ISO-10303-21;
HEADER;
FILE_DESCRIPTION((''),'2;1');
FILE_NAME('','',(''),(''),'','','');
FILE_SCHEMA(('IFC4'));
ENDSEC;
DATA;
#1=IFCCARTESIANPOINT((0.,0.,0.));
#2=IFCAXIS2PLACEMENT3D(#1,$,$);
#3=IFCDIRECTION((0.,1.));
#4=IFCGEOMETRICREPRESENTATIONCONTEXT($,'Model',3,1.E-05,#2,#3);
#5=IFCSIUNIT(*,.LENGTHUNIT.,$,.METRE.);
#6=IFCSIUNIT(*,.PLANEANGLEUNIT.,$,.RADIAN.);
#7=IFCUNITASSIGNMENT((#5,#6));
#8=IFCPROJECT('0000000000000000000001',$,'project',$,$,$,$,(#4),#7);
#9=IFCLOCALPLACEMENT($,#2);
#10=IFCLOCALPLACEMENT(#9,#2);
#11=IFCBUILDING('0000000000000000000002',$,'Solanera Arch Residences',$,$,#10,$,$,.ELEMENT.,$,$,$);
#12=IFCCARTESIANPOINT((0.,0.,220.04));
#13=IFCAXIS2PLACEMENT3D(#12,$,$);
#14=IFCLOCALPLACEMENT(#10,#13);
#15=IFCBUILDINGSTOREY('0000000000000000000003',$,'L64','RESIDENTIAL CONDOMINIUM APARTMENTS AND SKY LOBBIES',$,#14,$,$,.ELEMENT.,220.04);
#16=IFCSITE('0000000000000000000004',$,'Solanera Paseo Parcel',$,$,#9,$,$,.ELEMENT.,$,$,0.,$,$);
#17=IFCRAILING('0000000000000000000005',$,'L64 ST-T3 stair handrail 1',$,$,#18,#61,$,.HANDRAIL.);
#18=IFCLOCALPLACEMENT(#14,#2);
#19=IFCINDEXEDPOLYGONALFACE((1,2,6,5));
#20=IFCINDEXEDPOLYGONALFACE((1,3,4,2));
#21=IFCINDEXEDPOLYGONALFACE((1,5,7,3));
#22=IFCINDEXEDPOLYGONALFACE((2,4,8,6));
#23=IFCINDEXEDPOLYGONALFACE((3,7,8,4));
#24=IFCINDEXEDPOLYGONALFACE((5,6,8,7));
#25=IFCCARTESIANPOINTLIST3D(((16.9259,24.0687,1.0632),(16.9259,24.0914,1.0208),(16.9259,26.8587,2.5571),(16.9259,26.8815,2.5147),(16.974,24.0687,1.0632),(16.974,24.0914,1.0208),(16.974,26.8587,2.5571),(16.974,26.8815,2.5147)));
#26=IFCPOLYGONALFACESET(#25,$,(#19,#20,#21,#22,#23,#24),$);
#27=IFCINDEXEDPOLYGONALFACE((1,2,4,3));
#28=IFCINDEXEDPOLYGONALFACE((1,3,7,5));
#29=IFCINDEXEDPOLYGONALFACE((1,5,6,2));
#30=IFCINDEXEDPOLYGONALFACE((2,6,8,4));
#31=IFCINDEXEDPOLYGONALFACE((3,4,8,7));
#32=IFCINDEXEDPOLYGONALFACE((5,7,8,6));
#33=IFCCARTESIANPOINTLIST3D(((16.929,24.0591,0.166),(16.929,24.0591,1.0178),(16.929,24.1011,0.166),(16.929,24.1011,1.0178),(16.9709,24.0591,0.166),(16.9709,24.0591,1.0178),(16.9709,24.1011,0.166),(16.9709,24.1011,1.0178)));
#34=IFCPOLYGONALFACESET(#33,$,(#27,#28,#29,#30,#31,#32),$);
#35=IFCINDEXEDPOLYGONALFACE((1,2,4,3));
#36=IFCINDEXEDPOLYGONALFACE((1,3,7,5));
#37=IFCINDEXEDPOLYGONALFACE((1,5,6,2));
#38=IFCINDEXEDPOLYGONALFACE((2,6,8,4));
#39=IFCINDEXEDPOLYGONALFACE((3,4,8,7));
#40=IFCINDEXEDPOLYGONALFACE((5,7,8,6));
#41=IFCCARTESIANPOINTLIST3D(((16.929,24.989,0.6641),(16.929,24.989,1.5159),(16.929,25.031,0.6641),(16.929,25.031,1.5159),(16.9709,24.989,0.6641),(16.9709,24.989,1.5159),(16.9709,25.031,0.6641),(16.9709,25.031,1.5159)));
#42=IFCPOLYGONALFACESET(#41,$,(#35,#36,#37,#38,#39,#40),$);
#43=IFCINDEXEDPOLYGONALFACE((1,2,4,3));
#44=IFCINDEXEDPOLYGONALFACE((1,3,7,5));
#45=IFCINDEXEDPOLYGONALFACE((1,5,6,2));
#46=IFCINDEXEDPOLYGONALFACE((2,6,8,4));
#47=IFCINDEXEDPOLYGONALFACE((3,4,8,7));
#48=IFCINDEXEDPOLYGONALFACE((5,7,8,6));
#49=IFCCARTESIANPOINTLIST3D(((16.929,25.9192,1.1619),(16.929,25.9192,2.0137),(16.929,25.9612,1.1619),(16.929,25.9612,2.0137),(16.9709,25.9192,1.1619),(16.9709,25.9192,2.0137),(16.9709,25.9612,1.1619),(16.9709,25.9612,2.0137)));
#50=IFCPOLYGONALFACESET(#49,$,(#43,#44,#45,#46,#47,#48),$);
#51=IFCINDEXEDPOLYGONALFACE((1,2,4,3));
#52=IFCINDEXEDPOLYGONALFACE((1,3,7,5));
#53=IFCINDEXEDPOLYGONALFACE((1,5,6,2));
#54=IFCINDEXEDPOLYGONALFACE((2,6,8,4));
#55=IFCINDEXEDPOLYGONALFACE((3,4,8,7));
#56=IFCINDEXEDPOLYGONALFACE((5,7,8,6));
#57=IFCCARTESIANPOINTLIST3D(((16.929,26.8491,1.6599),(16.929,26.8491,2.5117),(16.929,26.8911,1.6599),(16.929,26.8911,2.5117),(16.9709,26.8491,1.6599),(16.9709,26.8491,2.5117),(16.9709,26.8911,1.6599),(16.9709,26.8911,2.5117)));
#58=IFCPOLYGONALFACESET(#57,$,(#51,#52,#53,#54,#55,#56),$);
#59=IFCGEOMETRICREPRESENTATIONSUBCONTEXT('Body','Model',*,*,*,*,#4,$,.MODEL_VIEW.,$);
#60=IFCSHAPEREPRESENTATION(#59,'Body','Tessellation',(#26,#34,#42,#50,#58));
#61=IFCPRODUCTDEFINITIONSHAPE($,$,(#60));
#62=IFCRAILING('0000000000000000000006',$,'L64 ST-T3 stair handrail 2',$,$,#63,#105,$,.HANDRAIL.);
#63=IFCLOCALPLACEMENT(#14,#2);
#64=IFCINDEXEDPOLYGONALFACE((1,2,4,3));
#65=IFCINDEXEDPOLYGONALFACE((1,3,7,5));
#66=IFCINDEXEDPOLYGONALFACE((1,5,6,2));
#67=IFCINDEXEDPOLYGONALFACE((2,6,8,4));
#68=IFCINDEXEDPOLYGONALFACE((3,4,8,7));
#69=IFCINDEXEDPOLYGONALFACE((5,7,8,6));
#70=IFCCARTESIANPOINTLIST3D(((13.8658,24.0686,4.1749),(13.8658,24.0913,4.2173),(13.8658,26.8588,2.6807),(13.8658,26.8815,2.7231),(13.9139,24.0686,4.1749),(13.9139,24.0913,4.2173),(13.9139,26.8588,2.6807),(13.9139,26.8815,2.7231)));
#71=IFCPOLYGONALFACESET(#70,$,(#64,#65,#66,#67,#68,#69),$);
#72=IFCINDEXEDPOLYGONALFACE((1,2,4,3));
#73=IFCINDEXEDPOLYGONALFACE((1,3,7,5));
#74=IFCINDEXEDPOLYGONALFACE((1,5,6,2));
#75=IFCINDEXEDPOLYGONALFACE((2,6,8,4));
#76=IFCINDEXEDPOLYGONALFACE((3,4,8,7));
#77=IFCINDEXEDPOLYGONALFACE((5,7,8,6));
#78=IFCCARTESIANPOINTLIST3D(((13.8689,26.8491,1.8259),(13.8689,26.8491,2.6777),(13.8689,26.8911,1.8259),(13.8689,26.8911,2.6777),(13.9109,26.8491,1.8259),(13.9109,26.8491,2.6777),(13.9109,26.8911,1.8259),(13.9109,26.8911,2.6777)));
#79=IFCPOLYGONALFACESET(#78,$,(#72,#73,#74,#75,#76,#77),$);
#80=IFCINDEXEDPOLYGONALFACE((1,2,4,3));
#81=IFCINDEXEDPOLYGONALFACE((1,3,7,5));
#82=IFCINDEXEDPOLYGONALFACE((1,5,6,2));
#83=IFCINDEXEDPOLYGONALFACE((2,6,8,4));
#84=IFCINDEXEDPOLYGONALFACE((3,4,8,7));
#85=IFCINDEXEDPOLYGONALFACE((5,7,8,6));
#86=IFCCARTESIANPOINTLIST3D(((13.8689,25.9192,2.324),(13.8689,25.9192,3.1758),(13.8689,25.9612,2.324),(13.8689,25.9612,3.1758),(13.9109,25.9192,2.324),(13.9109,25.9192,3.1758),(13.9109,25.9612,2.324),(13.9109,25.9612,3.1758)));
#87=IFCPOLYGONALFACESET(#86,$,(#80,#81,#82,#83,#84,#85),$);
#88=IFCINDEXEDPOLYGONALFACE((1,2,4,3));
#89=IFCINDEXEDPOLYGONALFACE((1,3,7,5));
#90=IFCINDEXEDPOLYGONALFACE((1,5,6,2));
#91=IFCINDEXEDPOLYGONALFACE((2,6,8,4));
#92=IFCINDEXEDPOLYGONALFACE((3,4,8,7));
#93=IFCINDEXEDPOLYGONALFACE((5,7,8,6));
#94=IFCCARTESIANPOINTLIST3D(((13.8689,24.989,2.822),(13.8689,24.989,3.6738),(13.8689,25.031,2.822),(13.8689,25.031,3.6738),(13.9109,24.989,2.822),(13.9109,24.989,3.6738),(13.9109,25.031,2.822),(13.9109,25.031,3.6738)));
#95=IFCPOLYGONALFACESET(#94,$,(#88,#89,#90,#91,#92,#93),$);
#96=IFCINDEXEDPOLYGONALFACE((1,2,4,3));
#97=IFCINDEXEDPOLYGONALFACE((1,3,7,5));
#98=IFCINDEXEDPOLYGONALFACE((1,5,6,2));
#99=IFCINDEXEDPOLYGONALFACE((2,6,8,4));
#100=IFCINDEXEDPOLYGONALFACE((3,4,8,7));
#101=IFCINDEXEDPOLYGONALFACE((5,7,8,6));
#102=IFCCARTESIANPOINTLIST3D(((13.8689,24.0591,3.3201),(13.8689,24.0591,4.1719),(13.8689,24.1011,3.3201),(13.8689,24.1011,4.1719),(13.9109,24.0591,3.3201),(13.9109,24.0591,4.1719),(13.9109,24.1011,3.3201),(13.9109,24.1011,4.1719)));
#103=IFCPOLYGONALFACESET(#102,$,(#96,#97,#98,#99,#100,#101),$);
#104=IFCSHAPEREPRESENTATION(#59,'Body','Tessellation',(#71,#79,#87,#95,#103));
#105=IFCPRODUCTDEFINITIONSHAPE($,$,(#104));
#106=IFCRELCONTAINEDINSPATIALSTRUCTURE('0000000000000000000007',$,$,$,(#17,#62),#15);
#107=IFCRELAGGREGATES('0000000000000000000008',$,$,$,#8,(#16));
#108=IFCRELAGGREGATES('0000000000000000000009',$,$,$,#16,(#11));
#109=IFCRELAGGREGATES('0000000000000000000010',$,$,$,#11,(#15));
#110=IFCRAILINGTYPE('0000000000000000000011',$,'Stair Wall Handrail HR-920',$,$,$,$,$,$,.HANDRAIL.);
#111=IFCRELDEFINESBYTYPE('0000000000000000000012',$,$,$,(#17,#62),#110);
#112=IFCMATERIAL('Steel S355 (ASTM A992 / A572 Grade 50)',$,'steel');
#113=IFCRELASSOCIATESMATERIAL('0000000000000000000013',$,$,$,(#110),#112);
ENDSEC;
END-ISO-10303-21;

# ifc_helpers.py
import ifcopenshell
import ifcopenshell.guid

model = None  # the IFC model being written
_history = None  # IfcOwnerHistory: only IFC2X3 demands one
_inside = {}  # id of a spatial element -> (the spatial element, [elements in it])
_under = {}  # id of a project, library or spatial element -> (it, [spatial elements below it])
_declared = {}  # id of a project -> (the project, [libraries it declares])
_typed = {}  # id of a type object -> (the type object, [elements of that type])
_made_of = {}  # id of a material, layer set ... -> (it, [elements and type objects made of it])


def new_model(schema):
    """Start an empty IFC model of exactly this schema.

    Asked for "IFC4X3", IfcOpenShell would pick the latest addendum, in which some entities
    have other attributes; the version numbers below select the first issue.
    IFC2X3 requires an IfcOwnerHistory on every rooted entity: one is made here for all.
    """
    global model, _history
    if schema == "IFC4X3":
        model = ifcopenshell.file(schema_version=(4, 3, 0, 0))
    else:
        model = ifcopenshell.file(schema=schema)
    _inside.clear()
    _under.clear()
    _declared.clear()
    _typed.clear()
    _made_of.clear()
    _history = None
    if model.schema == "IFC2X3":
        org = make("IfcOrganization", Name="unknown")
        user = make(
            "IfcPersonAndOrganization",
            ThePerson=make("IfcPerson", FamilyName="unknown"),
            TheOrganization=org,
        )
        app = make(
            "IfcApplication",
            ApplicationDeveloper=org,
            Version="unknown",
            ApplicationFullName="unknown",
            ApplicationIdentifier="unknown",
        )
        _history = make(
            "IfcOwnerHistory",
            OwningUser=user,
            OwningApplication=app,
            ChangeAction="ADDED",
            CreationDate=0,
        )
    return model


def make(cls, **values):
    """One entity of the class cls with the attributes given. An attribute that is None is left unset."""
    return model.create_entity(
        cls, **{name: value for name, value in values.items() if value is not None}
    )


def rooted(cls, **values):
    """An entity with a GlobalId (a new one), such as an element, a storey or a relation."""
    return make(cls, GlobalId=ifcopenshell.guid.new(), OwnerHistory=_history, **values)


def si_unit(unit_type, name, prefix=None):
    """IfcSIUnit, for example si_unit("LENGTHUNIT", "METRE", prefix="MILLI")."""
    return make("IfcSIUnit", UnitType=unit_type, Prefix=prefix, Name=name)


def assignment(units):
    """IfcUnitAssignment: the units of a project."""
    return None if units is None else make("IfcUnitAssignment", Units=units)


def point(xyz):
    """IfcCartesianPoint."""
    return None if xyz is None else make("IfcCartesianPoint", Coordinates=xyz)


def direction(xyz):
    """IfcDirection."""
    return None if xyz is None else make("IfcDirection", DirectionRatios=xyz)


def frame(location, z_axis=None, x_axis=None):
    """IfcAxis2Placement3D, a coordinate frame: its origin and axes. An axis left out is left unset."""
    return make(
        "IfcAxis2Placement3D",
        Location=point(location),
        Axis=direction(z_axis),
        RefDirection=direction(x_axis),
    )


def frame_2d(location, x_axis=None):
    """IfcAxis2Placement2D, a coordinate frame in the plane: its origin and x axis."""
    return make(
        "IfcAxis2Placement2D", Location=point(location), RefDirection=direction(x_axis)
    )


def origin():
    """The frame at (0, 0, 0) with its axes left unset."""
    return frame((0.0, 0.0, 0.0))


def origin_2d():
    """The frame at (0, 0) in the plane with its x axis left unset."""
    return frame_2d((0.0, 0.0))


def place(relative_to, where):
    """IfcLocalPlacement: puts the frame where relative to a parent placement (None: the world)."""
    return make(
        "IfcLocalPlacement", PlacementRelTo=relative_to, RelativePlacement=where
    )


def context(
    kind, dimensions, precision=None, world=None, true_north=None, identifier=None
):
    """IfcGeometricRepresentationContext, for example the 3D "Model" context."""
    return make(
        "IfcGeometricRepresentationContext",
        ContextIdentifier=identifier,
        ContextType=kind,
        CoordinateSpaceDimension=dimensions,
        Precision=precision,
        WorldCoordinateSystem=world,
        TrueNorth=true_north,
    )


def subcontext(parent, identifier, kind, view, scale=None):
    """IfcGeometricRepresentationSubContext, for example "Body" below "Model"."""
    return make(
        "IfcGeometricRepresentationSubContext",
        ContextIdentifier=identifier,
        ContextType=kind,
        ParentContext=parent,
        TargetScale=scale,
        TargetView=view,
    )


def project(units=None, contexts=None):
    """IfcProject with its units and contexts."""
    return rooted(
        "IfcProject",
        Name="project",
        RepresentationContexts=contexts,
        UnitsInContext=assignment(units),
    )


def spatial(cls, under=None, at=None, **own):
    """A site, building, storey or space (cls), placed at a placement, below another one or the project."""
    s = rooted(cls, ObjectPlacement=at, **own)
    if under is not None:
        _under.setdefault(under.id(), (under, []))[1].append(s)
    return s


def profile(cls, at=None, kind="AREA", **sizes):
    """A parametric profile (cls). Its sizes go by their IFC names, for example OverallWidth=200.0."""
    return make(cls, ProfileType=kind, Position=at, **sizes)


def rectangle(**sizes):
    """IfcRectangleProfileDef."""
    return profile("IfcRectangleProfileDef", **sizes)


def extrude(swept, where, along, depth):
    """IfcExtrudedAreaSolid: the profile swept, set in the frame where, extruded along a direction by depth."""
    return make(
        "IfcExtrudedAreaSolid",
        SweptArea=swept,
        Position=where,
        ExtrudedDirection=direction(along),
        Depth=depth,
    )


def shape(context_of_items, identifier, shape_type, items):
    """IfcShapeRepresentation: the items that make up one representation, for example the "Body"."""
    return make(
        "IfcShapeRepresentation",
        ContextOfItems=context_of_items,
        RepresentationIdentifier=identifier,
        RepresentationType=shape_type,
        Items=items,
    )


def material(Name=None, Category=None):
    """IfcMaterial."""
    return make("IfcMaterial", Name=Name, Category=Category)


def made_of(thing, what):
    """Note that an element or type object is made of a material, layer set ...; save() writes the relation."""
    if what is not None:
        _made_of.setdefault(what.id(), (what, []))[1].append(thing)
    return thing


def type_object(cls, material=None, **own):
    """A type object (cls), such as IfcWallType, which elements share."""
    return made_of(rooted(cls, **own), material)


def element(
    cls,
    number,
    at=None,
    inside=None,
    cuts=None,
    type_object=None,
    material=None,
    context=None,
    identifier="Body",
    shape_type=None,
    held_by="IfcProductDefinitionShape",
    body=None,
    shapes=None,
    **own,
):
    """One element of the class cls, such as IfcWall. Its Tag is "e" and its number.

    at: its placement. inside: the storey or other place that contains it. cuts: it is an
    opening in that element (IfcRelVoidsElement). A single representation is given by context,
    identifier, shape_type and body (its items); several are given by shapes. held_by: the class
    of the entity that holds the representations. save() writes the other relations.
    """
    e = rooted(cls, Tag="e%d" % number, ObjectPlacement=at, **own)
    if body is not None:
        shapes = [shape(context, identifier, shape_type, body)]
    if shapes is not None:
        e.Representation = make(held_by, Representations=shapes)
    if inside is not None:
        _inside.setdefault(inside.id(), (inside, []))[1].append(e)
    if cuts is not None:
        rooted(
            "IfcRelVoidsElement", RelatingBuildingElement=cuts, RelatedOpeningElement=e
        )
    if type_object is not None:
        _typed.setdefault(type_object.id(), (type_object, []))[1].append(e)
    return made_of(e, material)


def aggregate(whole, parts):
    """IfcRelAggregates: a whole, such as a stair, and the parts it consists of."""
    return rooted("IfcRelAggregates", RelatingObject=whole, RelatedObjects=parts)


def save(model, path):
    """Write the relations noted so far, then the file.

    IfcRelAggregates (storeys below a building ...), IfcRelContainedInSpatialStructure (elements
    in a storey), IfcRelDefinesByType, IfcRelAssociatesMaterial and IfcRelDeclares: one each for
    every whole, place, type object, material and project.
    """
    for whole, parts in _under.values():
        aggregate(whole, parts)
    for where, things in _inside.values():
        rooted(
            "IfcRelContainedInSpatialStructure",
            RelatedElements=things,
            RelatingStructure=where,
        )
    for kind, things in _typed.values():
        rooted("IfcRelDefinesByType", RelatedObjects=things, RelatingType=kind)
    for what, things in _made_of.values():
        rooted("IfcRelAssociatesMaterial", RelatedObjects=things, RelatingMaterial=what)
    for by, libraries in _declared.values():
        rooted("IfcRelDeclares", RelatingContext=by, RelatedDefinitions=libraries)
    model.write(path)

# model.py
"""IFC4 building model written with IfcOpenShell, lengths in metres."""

from ifc_helpers import new_model, si_unit, direction, frame, origin, origin_2d, place, context, subcontext, project, spatial, rectangle, extrude, material, type_object, element, save


model = new_model("IFC4")

# Units and contexts
model_context = context("Model", 3, precision=1e-05, world=origin(), true_north=direction((0.0, 1.0)))
body_context = subcontext(model_context, "Body", "Model", "MODEL_VIEW")
ifc_project = project(units=[si_unit("LENGTHUNIT", "METRE"), si_unit("PLANEANGLEUNIT", "RADIAN")], contexts=[model_context])

# Site, building, storey
site_placement = place(None, origin())
site = spatial("IfcSite", under=ifc_project, at=site_placement, Name="Solanera Paseo Parcel", CompositionType="ELEMENT", RefElevation=0.0)
building_placement = place(site_placement, origin())
building = spatial("IfcBuilding", under=site, at=building_placement, Name="Solanera Arch Residences", CompositionType="ELEMENT")
storey_placement = place(building_placement, frame((0.0, 0.0, 220.04)))
storey = spatial("IfcBuildingStorey", under=building, at=storey_placement, Name="L64", Description="RESIDENTIAL CONDOMINIUM APARTMENTS AND SKY LOBBIES", CompositionType="ELEMENT", Elevation=220.04)

# Railings
ifc_material_1 = material(Name="Steel S355 (ASTM A992 / A572 Grade 50)", Category="steel")
railing_type_1 = type_object("IfcRailingType", Name="Stair Wall Handrail HR-920", PredefinedType="HANDRAIL", material=ifc_material_1)
railing_1_placement = place(storey_placement, frame((16.95, 24.0801, 0.166)))
element("IfcRailing", 1, at=railing_1_placement, inside=storey, type_object=railing_type_1, Name="L64 ST-T3 stair handrail 1", PredefinedType="HANDRAIL", context=body_context, shape_type="SweptSolid", body=[
    extrude(rectangle(XDim=0.0481, YDim=0.0481, at=origin_2d()), frame((0.0, 0.0, 0.876), z_axis=(0.0, 0.881581, 0.472033), x_axis=(-1.0, 0.0, 0.0)), (0.0, 0.0, 1.0), 3.1648),
    extrude(rectangle(XDim=0.042, YDim=0.042, at=origin_2d()), origin(), (0.0, 0.0, 1.0), 0.8518),
    extrude(rectangle(XDim=0.042, YDim=0.042, at=origin_2d()), frame((0.0, 0.9299, 0.498)), (0.0, 0.0, 1.0), 0.8518),
    extrude(rectangle(XDim=0.042, YDim=0.042, at=origin_2d()), frame((0.0, 1.8601, 0.9958)), (0.0, 0.0, 1.0), 0.8518),
    extrude(rectangle(XDim=0.042, YDim=0.042, at=origin_2d()), frame((0.0, 2.79, 1.4939)), (0.0, 0.0, 1.0), 0.8518),
])
railing_2_placement = place(storey_placement, frame((13.8899, 26.8701, 1.8259)))
element("IfcRailing", 2, at=railing_2_placement, inside=storey, type_object=railing_type_1, Name="L64 ST-T3 stair handrail 2", PredefinedType="HANDRAIL", context=body_context, shape_type="SweptSolid", body=[
    extrude(rectangle(XDim=0.0481, YDim=0.0481, at=origin_2d()), frame((0.0, 0.0, 0.876), z_axis=(0.0, -0.881549, 0.472093), x_axis=(1.0, 0.0, 0.0)), (0.0, 0.0, 1.0), 3.165),
    extrude(rectangle(XDim=0.042, YDim=0.042, at=origin_2d()), origin(), (0.0, 0.0, 1.0), 0.8518),
    extrude(rectangle(XDim=0.042, YDim=0.042, at=origin_2d()), frame((0.0, -0.9299, 0.498)), (0.0, 0.0, 1.0), 0.8518),
    extrude(rectangle(XDim=0.042, YDim=0.042, at=origin_2d()), frame((0.0, -1.8601, 0.9961)), (0.0, 0.0, 1.0), 0.8518),
    extrude(rectangle(XDim=0.042, YDim=0.042, at=origin_2d()), frame((0.0, -2.79, 1.4941)), (0.0, 0.0, 1.0), 0.8518),
])

save(model, "model.ifc")
